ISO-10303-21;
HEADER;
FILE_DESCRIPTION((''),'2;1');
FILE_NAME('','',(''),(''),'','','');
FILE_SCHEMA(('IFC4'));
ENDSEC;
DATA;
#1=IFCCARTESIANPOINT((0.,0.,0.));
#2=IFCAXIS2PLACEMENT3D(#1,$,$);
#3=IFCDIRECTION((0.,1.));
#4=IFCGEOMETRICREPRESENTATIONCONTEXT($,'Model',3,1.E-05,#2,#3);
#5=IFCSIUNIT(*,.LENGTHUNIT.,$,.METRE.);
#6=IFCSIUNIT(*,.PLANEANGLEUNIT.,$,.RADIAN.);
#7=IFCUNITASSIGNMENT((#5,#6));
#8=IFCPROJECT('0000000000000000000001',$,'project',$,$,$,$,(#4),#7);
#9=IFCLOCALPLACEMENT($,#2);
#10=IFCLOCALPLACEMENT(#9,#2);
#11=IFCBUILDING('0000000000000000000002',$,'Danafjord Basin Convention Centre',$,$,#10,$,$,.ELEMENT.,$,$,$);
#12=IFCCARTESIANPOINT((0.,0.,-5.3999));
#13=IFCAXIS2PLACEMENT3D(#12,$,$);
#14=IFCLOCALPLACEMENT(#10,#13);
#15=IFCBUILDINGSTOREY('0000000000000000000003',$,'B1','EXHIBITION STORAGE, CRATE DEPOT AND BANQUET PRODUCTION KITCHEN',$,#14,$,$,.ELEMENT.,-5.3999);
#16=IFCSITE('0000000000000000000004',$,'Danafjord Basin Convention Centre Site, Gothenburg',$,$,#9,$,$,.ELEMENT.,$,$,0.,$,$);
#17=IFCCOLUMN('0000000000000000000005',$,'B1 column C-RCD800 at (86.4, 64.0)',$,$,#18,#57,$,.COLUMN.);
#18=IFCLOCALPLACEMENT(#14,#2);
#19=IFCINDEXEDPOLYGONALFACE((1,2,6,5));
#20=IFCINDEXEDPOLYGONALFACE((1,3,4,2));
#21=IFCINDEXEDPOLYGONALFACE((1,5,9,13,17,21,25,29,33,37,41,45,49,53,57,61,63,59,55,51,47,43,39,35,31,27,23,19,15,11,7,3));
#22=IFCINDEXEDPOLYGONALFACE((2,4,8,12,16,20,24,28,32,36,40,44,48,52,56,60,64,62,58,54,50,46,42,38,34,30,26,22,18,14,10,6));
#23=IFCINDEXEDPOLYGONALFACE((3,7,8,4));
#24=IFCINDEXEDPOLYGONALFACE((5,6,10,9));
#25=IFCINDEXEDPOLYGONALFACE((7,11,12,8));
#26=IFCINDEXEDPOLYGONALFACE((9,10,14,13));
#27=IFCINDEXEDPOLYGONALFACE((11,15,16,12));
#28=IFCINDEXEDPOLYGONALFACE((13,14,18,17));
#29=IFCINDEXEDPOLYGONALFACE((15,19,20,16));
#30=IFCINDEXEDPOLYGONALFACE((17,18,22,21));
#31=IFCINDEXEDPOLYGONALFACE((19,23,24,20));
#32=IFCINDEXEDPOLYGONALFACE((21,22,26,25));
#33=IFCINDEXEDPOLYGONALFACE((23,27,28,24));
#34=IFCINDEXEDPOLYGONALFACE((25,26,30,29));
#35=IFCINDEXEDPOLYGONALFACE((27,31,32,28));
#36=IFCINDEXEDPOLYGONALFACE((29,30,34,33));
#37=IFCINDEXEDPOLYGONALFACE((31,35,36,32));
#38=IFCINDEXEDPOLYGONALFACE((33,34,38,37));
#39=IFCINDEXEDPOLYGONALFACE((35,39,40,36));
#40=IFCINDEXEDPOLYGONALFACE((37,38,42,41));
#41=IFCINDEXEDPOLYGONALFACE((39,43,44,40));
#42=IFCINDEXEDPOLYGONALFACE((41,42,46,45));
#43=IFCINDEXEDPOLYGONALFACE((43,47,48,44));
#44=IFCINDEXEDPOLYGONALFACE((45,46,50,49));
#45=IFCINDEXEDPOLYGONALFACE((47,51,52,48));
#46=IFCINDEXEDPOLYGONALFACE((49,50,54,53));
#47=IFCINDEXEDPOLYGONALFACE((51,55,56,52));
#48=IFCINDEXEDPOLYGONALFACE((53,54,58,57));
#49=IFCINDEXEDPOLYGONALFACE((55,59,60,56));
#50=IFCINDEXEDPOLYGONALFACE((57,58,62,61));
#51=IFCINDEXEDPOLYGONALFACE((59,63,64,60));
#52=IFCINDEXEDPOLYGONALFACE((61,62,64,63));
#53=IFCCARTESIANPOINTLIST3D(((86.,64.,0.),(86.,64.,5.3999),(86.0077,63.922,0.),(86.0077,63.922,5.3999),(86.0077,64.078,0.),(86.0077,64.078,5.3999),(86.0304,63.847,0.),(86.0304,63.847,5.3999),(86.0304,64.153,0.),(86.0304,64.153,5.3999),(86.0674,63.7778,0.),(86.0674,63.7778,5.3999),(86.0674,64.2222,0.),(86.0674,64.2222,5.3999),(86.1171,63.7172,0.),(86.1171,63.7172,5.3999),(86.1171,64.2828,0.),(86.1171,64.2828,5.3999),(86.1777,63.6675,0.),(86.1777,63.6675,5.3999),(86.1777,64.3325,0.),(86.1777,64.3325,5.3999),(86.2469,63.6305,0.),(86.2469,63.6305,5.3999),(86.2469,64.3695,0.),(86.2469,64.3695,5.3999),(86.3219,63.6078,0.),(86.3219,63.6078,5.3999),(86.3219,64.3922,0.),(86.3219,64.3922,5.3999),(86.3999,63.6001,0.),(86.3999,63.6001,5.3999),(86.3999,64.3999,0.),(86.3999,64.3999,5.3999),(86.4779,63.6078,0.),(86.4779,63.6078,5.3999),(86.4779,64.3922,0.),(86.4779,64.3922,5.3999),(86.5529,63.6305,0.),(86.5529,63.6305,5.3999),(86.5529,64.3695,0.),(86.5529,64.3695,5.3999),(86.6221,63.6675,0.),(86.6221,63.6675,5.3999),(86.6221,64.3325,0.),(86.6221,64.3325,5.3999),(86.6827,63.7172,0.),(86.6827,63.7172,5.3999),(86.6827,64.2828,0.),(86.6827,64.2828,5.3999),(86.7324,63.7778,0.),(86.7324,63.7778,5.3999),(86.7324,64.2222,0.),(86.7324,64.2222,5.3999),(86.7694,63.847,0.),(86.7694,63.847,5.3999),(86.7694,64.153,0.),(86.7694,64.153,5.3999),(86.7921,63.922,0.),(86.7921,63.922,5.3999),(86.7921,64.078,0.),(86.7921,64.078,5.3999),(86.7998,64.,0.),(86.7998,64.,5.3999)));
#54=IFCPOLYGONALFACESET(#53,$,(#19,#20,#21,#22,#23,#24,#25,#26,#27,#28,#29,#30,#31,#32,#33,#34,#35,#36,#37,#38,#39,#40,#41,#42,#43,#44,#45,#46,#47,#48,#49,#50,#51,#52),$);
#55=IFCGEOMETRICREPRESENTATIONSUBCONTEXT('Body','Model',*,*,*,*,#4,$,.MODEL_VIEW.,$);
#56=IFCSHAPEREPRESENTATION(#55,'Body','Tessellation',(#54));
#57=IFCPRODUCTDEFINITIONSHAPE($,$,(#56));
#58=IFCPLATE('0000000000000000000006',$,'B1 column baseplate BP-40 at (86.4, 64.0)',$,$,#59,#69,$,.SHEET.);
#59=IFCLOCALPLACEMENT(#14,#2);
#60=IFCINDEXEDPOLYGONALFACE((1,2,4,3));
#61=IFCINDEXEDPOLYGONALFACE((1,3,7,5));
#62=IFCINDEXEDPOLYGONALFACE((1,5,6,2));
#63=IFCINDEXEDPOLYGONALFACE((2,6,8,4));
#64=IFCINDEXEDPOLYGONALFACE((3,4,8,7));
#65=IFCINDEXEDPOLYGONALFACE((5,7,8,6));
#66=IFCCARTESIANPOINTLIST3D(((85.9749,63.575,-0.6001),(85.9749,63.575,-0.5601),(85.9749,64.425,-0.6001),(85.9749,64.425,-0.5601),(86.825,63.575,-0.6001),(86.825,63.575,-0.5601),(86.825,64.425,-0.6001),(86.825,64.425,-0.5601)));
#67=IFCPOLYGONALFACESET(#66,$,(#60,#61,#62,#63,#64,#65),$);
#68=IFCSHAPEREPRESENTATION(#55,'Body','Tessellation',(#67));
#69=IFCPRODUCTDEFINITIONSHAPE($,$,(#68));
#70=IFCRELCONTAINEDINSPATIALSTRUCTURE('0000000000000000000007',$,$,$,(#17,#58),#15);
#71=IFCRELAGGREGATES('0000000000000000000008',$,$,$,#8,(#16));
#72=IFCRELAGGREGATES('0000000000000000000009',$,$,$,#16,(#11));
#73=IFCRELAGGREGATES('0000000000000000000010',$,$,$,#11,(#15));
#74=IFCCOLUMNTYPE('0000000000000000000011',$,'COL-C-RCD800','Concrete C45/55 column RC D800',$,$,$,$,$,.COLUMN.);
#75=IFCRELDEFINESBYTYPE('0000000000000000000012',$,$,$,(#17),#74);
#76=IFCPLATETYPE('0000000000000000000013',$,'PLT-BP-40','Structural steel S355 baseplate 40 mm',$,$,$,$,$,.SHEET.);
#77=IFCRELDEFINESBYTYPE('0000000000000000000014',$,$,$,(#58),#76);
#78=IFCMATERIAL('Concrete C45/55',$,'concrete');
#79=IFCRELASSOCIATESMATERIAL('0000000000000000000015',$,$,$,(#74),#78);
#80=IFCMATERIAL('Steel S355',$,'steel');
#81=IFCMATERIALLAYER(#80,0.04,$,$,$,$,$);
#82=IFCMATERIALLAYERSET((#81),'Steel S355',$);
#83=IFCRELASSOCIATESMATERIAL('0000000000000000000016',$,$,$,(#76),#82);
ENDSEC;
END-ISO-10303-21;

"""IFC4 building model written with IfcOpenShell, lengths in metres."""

from ifc_helpers import new_model, si_unit, direction, frame, origin, origin_2d, place, context, subcontext, project, spatial, rectangle, circle, extrude, material, layer, layer_set, material_profile, profile_set, type_object, element, save


model = new_model("IFC4")

# Units and contexts
model_context = context("Model", 3, precision=1e-05, world=origin(), true_north=direction((0.0, 1.0)))
body_context = subcontext(model_context, "Body", "Model", "MODEL_VIEW")
ifc_project = project(units=[si_unit("LENGTHUNIT", "METRE"), si_unit("PLANEANGLEUNIT", "RADIAN")], contexts=[model_context])

# Site, building, storey
site_placement = place(None, origin())
site = spatial("IfcSite", under=ifc_project, at=site_placement, Name="Danafjord Basin Convention Centre Site, Gothenburg", CompositionType="ELEMENT", RefElevation=0.0)
building_placement = place(site_placement, origin())
building = spatial("IfcBuilding", under=site, at=building_placement, Name="Danafjord Basin Convention Centre", CompositionType="ELEMENT")
storey_placement = place(building_placement, frame((0.0, 0.0, -5.3999)))
storey = spatial("IfcBuildingStorey", under=building, at=storey_placement, Name="B1", Description="EXHIBITION STORAGE, CRATE DEPOT AND BANQUET PRODUCTION KITCHEN", CompositionType="ELEMENT", Elevation=-5.3999)

# Column
ifc_material_1 = material(Name="Concrete C45/55", Category="concrete")
ifc_material_profile_1 = material_profile(ifc_material_1, circle(Radius=0.3999, at=origin_2d()), Name="RC D800")
ifc_profile_set_1 = profile_set([ifc_material_profile_1], Name="Concrete C45/55")
column_type_1 = type_object("IfcColumnType", Name="COL-C-RCD800", Description="Concrete C45/55 column RC D800", PredefinedType="COLUMN", material=ifc_profile_set_1)
for number, where, z_axis, x_axis, name in (
    (1, (86.3999, 64.0, 0.0), (0.0, 0.0, 1.0), (1.0, 0.0, 0.0), "B1 column C-RCD800 at (86.4, 64.0)"),
):
    element("IfcColumn", number, at=place(storey_placement, frame(where, z_axis=z_axis, x_axis=x_axis)), inside=storey, type_object=column_type_1, Name=name, PredefinedType="COLUMN", context=body_context, shape_type="SweptSolid", body=[
        extrude(circle(Radius=0.3999, at=origin_2d()), origin(), (0.0, 0.0, 1.0), 5.3999),
    ])

# Plate
ifc_material_2 = material(Name="Steel S355", Category="steel")
ifc_layer = layer(ifc_material_2, 0.04)
ifc_layer_set = layer_set([ifc_layer], Name="Steel S355")
plate_type = type_object("IfcPlateType", Name="PLT-BP-40", Description="Structural steel S355 baseplate 40 mm", PredefinedType="SHEET", material=ifc_layer_set)
plate_placement = place(storey_placement, frame((86.3999, 64.0, -0.6001), z_axis=(0.0, 0.0, 1.0), x_axis=(1.0, 0.0, 0.0)))
element("IfcPlate", 2, at=plate_placement, inside=storey, type_object=plate_type, Name="B1 column baseplate BP-40 at (86.4, 64.0)", PredefinedType="SHEET", context=body_context, shape_type="SweptSolid", body=[
    extrude(rectangle(XDim=0.8501, YDim=0.8501, at=origin_2d()), origin(), (0.0, 0.0, 1.0), 0.04),
])

save(model, "model.ifc")
